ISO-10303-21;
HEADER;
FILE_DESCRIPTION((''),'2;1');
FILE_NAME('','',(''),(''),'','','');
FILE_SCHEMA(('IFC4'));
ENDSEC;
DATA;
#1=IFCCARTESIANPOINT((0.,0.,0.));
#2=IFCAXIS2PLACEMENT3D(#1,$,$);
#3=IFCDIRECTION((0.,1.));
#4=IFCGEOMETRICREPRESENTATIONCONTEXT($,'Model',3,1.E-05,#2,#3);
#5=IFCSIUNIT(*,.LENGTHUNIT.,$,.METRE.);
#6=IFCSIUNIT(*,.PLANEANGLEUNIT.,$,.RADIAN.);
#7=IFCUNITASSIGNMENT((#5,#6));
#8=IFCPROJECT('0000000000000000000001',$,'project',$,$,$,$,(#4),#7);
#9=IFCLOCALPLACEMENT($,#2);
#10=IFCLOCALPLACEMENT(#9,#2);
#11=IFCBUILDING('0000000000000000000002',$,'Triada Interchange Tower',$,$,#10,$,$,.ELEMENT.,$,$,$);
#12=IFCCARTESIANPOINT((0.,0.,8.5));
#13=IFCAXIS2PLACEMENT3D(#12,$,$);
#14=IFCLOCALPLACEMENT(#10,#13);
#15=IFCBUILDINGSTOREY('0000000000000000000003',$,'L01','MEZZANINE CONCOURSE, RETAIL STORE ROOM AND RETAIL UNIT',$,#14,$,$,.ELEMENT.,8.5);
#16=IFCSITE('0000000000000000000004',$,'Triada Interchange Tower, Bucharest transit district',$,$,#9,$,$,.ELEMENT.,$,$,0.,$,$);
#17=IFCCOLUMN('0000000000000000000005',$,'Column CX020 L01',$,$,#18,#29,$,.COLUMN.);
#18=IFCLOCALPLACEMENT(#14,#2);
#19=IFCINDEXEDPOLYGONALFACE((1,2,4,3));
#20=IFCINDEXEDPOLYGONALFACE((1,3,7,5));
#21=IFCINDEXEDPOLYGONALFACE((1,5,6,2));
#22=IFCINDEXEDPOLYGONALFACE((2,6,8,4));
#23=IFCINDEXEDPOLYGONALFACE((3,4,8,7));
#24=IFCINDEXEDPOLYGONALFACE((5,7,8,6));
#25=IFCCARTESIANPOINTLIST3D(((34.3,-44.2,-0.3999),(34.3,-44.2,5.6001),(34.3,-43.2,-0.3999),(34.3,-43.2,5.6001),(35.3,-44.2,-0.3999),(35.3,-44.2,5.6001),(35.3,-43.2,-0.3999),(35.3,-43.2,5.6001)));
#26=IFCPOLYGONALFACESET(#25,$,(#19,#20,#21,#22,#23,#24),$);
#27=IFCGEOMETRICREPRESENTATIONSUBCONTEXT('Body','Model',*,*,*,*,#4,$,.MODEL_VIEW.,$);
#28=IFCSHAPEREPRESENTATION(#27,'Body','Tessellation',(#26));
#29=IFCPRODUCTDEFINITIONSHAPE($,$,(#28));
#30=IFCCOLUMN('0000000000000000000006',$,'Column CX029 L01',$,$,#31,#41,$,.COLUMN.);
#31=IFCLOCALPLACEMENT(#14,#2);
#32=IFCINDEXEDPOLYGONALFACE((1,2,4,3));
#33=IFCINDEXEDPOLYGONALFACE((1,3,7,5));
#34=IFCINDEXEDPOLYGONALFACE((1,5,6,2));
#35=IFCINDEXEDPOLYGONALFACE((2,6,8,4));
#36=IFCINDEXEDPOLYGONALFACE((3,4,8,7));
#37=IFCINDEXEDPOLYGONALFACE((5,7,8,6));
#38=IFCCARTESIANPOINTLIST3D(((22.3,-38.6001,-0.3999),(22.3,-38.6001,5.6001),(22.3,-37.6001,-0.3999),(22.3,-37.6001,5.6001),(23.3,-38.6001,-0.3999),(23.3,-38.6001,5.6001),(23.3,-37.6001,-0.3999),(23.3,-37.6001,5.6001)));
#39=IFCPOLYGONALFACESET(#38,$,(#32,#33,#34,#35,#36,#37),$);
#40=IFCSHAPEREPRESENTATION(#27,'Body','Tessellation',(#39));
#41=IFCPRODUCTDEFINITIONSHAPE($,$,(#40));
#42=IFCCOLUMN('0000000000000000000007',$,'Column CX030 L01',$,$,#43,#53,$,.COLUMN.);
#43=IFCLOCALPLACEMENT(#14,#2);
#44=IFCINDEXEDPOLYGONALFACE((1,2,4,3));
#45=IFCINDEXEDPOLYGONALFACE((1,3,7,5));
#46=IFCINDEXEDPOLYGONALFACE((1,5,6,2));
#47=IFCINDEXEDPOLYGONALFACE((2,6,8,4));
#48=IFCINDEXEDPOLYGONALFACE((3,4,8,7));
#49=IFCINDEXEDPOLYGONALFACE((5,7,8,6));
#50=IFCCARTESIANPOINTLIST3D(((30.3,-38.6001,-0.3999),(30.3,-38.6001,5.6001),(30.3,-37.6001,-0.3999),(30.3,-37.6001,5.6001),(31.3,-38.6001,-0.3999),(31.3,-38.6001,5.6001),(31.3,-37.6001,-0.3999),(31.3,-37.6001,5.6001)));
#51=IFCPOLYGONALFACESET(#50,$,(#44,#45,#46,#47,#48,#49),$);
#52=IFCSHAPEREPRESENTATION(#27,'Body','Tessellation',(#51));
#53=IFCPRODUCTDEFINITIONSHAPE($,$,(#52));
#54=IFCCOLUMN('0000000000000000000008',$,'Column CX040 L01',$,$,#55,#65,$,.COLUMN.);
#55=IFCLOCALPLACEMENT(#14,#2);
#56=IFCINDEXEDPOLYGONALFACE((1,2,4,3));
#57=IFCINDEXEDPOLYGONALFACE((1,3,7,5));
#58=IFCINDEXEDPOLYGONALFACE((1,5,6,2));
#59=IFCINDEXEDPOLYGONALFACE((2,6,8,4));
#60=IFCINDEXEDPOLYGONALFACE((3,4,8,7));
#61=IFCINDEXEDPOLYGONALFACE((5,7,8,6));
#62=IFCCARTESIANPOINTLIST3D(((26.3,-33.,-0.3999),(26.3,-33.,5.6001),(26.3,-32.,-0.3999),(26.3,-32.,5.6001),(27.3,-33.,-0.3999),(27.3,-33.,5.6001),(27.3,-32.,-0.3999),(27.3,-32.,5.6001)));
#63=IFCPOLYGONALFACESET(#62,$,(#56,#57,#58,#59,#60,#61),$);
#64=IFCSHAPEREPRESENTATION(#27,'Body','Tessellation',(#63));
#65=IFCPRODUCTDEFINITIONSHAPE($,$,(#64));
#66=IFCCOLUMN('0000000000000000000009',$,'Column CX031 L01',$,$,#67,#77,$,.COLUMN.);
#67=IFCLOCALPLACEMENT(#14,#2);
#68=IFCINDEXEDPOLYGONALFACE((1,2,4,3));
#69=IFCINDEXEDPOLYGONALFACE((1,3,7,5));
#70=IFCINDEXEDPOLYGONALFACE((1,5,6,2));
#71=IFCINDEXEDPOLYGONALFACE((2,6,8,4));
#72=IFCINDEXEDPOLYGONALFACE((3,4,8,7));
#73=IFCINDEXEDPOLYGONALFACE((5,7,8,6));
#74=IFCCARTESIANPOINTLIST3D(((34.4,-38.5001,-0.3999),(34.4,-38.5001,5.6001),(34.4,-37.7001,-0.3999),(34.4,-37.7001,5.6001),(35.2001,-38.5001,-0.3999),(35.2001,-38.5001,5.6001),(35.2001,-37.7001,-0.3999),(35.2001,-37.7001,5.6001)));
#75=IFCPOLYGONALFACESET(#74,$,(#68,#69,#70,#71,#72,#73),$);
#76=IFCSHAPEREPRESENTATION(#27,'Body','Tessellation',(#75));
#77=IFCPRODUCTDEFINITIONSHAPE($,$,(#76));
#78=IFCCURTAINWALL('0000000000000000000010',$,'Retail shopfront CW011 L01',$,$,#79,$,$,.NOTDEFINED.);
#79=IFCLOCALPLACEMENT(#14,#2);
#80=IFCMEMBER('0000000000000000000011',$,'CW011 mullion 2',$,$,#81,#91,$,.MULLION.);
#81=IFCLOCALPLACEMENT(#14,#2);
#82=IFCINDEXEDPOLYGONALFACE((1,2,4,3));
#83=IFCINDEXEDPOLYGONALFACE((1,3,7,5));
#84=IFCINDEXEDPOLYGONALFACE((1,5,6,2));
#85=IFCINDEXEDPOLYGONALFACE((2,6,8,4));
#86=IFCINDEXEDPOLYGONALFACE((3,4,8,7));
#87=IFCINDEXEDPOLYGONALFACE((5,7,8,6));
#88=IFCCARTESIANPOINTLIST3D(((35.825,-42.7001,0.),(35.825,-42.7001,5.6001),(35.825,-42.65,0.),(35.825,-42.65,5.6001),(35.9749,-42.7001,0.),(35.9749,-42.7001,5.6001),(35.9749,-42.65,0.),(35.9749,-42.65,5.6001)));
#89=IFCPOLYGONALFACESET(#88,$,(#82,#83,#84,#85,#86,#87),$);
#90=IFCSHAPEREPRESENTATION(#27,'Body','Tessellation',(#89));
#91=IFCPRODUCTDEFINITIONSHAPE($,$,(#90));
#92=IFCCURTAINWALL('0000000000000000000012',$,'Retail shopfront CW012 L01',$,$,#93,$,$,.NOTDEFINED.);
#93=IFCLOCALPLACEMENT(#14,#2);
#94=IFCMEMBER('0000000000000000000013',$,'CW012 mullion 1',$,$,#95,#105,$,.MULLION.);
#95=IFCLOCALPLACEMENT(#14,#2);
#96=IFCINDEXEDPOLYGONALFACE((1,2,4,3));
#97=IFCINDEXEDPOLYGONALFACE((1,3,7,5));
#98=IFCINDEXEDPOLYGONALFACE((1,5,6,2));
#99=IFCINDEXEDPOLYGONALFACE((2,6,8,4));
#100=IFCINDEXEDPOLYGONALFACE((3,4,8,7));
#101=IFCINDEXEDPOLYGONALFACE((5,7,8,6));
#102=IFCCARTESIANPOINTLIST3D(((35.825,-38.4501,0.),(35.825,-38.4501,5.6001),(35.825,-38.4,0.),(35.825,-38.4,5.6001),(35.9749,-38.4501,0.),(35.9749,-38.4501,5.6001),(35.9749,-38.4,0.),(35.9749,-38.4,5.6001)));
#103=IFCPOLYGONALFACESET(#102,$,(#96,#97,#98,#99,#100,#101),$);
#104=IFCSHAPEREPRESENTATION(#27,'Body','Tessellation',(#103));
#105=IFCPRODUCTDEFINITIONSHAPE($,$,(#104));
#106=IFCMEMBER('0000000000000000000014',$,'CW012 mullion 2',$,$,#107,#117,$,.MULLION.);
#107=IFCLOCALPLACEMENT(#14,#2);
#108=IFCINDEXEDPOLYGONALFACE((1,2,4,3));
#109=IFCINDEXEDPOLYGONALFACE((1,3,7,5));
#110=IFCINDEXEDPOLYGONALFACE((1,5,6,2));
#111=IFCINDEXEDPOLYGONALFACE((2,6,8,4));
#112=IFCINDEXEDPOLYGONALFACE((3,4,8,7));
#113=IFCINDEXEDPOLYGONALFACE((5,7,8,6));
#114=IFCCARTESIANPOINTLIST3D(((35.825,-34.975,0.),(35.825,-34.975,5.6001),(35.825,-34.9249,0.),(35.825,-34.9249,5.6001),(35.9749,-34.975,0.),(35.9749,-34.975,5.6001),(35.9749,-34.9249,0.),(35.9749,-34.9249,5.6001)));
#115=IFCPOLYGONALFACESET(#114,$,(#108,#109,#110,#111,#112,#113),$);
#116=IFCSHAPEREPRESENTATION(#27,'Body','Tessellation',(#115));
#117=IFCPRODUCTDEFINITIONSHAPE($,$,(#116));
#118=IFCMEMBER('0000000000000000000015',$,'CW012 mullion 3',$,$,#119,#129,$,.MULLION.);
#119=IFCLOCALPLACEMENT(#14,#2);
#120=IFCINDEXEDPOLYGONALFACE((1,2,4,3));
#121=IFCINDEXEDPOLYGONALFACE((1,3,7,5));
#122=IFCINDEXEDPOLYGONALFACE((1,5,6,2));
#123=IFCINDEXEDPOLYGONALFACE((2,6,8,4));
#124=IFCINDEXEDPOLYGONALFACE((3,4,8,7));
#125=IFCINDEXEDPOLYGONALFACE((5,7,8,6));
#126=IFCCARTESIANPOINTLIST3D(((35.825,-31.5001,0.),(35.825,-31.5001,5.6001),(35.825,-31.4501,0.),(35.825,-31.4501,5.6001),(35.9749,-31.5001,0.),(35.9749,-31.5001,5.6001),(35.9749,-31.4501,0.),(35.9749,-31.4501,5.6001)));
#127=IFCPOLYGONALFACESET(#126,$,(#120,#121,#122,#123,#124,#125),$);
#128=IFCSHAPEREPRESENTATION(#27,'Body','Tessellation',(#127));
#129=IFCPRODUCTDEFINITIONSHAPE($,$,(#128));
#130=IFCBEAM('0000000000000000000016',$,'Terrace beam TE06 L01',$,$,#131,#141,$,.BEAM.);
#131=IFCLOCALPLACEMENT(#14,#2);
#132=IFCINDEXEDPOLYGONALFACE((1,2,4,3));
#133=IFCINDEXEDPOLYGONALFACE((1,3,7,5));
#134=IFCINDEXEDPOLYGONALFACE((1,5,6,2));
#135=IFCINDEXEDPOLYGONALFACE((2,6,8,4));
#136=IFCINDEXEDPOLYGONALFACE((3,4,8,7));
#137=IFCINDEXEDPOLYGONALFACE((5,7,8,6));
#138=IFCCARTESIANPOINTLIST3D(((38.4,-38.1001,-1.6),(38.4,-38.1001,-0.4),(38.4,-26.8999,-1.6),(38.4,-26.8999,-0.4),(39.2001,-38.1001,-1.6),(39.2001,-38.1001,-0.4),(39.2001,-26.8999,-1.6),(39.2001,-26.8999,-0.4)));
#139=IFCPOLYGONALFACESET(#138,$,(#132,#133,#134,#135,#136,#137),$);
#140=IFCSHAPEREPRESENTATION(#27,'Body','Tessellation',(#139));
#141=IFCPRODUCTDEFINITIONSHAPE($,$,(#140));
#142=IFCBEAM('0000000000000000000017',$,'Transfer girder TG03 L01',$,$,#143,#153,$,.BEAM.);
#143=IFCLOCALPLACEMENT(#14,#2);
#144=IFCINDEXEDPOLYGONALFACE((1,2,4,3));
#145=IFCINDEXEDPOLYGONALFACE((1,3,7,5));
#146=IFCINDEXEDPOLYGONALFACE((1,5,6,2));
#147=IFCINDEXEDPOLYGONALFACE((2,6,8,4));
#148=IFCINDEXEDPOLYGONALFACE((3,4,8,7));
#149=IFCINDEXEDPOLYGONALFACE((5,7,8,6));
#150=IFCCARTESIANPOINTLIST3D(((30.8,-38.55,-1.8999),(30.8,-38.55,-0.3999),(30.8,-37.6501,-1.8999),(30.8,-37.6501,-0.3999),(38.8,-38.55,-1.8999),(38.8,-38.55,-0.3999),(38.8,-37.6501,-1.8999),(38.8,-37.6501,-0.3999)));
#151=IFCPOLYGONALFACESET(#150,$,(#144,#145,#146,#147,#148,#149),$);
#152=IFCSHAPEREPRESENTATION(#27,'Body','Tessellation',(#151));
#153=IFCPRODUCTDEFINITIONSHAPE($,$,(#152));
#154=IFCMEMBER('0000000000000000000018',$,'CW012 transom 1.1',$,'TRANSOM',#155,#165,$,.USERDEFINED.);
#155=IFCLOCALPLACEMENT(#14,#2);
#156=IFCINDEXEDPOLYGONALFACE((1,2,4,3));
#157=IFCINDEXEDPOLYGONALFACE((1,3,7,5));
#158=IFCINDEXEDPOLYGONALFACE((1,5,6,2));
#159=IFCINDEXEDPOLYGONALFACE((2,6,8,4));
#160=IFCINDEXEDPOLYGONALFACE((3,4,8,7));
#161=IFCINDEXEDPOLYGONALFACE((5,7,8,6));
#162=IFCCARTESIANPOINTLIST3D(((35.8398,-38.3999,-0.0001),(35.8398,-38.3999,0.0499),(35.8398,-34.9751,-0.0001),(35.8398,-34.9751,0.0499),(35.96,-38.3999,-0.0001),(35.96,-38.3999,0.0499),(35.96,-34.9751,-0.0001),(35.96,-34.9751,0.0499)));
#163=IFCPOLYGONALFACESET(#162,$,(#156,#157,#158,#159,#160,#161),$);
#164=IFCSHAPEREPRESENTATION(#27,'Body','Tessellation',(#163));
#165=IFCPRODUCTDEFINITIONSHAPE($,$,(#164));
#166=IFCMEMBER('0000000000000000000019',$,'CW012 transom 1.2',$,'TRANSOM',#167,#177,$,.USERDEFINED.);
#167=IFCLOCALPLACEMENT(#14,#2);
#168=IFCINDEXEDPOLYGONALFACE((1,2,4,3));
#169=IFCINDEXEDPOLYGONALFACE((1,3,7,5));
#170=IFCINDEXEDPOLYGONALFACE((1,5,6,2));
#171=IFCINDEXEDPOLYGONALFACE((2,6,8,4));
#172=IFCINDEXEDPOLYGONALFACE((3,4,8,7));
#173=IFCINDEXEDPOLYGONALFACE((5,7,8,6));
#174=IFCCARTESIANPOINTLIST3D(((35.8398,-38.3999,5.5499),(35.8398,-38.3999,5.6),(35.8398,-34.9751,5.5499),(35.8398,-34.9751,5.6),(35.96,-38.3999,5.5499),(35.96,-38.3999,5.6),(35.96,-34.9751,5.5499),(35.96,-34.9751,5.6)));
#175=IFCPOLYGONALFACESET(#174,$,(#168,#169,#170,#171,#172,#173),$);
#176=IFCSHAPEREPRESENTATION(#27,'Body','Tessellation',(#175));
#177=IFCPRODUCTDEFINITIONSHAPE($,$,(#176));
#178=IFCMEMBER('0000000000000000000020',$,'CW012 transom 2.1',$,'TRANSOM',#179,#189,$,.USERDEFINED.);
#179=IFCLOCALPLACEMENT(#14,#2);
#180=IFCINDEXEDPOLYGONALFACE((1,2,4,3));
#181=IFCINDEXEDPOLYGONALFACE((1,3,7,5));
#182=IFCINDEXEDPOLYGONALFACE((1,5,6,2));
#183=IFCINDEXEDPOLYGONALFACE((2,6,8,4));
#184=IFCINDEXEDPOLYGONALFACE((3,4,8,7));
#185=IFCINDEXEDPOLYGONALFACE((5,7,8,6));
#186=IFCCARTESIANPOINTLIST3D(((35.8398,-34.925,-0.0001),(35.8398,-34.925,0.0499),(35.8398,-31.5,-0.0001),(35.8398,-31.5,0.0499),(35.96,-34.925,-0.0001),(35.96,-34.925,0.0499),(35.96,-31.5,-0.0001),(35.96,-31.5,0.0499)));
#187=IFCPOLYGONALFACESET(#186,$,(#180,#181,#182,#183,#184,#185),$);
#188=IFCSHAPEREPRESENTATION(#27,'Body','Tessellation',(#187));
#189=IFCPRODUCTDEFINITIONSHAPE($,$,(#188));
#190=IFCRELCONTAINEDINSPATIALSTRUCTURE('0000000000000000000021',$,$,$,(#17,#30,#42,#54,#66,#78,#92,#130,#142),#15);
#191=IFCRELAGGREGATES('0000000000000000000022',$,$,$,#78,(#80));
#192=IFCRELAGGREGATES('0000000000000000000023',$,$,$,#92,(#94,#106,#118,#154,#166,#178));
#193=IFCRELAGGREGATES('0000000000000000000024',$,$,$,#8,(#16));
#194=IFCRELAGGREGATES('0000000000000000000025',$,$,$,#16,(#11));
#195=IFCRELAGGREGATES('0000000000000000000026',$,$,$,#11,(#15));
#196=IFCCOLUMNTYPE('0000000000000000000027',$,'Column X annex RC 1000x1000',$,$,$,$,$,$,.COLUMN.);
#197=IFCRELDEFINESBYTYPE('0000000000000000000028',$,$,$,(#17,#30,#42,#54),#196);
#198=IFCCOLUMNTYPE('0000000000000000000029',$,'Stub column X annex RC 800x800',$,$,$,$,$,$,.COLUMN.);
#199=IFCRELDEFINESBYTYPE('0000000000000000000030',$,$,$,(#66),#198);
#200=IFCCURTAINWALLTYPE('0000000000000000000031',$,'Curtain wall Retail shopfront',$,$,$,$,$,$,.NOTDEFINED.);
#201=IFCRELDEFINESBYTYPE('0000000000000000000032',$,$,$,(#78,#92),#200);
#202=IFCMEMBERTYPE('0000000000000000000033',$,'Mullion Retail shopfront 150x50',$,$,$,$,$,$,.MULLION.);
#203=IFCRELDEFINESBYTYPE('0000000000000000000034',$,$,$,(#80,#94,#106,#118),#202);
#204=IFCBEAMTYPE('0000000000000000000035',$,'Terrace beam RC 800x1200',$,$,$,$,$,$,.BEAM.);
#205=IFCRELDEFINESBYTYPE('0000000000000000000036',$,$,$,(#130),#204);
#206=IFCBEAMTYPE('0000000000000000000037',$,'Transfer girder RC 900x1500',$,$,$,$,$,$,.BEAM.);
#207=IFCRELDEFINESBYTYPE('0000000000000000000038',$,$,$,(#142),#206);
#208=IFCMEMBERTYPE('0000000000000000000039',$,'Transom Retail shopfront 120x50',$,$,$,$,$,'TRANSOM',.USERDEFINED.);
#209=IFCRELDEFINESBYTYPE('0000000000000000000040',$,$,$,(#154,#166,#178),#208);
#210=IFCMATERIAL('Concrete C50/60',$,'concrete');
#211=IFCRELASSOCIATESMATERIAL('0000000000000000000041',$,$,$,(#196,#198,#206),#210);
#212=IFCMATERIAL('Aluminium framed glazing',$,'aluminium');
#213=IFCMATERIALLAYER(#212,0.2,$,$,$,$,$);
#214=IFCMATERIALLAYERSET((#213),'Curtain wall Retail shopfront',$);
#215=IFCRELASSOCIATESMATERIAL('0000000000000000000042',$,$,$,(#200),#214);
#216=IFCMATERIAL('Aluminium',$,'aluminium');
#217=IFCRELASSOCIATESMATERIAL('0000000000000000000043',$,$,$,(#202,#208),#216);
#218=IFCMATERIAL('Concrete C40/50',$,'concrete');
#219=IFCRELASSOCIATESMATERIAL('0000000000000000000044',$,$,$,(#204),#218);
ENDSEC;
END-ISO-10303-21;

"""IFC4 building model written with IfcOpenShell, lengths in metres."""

from ifc_helpers import new_model, si_unit, direction, frame, origin, origin_2d, place, context, subcontext, project, spatial, rectangle, extrude, material, layer, layer_set, material_profile, profile_set, type_object, element, aggregate, save


model = new_model("IFC4")

# Units and contexts
model_context = context("Model", 3, precision=1e-05, world=origin(), true_north=direction((0.0, 1.0)))
body_context = subcontext(model_context, "Body", "Model", "MODEL_VIEW")
ifc_project = project(units=[si_unit("LENGTHUNIT", "METRE"), si_unit("PLANEANGLEUNIT", "RADIAN")], contexts=[model_context])

# Site, building, storey
site_placement = place(None, origin())
site = spatial("IfcSite", under=ifc_project, at=site_placement, Name="Triada Interchange Tower, Bucharest transit district", CompositionType="ELEMENT", RefElevation=0.0)
building_placement = place(site_placement, origin())
building = spatial("IfcBuilding", under=site, at=building_placement, Name="Triada Interchange Tower", CompositionType="ELEMENT")
storey_placement = place(building_placement, frame((0.0, 0.0, 8.5)))
storey = spatial("IfcBuildingStorey", under=building, at=storey_placement, Name="L01", Description="MEZZANINE CONCOURSE, RETAIL STORE ROOM AND RETAIL UNIT", CompositionType="ELEMENT", Elevation=8.5)

# Columns
ifc_material_1 = material(Name="Concrete C50/60", Category="concrete")
ifc_material_profile_1 = material_profile(ifc_material_1, rectangle(XDim=1.0, YDim=1.0, at=origin_2d()), Name="RC 1000x1000")
ifc_profile_set_1 = profile_set([ifc_material_profile_1], Name="Concrete C50/60")
column_type_1 = type_object("IfcColumnType", Name="Column X annex RC 1000x1000", PredefinedType="COLUMN", material=ifc_profile_set_1)
for number, where, z_axis, x_axis, name in (
    (1, (34.8, -43.7, -0.3999), (0.0, 0.0, 1.0), (1.0, 0.0, 0.0), "Column CX020 L01"),
    (2, (22.8, -38.1001, -0.3999), (0.0, 0.0, 1.0), (1.0, 0.0, 0.0), "Column CX029 L01"),
    (3, (30.8, -38.1001, -0.3999), (0.0, 0.0, 1.0), (1.0, 0.0, 0.0), "Column CX030 L01"),
    (4, (26.8, -32.5, -0.3999), (0.0, 0.0, 1.0), (1.0, 0.0, 0.0), "Column CX040 L01"),
):
    element("IfcColumn", number, at=place(storey_placement, frame(where, z_axis=z_axis, x_axis=x_axis)), inside=storey, type_object=column_type_1, Name=name, PredefinedType="COLUMN", context=body_context, shape_type="SweptSolid", body=[
        extrude(rectangle(XDim=1.0, YDim=1.0, at=origin_2d()), origin(), (0.0, 0.0, 1.0), 6.0),
    ])
ifc_material_profile_2 = material_profile(ifc_material_1, rectangle(XDim=0.8, YDim=0.8, at=origin_2d()), Name="RC 800x800")
ifc_profile_set_2 = profile_set([ifc_material_profile_2], Name="Concrete C50/60")
column_type_2 = type_object("IfcColumnType", Name="Stub column X annex RC 800x800", PredefinedType="COLUMN", material=ifc_profile_set_2)
column_placement = place(storey_placement, frame((34.8, -38.1001, -0.3999), z_axis=(0.0, 0.0, 1.0), x_axis=(1.0, 0.0, 0.0)))
element("IfcColumn", 5, at=column_placement, inside=storey, type_object=column_type_2, Name="Column CX031 L01", PredefinedType="COLUMN", context=body_context, shape_type="SweptSolid", body=[
    extrude(rectangle(XDim=0.8, YDim=0.8, at=origin_2d()), origin(), (0.0, 0.0, 1.0), 6.0),
])

# Curtain wall, member
ifc_material_2 = material(Name="Aluminium framed glazing", Category="aluminium")
ifc_layer_1 = layer(ifc_material_2, 0.2)
ifc_layer_set_1 = layer_set([ifc_layer_1], Name="Curtain wall Retail shopfront")
curtain_wall_type = type_object("IfcCurtainWallType", Name="Curtain wall Retail shopfront", PredefinedType="NOTDEFINED", material=ifc_layer_set_1)
curtain_wall_1_placement = place(storey_placement, origin())
curtain_wall_1 = element("IfcCurtainWall", 6, at=curtain_wall_1_placement, inside=storey, type_object=curtain_wall_type, Name="Retail shopfront CW011 L01", PredefinedType="NOTDEFINED")
ifc_material_3 = material(Name="Aluminium", Category="aluminium")
ifc_material_profile_3 = material_profile(ifc_material_3, rectangle(XDim=0.1499, YDim=0.05, at=origin_2d()), Name="Aluminium mullion")
ifc_profile_set_3 = profile_set([ifc_material_profile_3], Name="Aluminium")
member_type_1 = type_object("IfcMemberType", Name="Mullion Retail shopfront 150x50", PredefinedType="MULLION", material=ifc_profile_set_3)
member_1_placement = place(storey_placement, frame((35.8999, -42.675, 0.0), z_axis=(0.0, 0.0, 1.0), x_axis=(-1.0, 0.0, 0.0)))
member_1 = element("IfcMember", 7, at=member_1_placement, type_object=member_type_1, Name="CW011 mullion 2", PredefinedType="MULLION", context=body_context, shape_type="SweptSolid", body=[
    extrude(rectangle(XDim=0.1499, YDim=0.05, at=origin_2d()), origin(), (0.0, 0.0, 1.0), 5.6001),
])
aggregate(curtain_wall_1, [member_1])

# Curtain wall, members
curtain_wall_2_placement = place(storey_placement, origin())
curtain_wall_2 = element("IfcCurtainWall", 8, at=curtain_wall_2_placement, inside=storey, type_object=curtain_wall_type, Name="Retail shopfront CW012 L01", PredefinedType="NOTDEFINED")
member_2_placement = place(storey_placement, frame((35.8999, -38.425, 0.0), z_axis=(0.0, 0.0, 1.0), x_axis=(-1.0, 0.0, 0.0)))
member_2 = element("IfcMember", 9, at=member_2_placement, type_object=member_type_1, Name="CW012 mullion 1", PredefinedType="MULLION", context=body_context, shape_type="SweptSolid", body=[
    extrude(rectangle(XDim=0.1499, YDim=0.05, at=origin_2d()), origin(), (0.0, 0.0, 1.0), 5.6001),
])
member_3_placement = place(storey_placement, frame((35.8999, -34.95, 0.0), z_axis=(0.0, 0.0, 1.0), x_axis=(-1.0, 0.0, 0.0)))
member_3 = element("IfcMember", 10, at=member_3_placement, type_object=member_type_1, Name="CW012 mullion 2", PredefinedType="MULLION", context=body_context, shape_type="SweptSolid", body=[
    extrude(rectangle(XDim=0.1499, YDim=0.05, at=origin_2d()), origin(), (0.0, 0.0, 1.0), 5.6001),
])
member_4_placement = place(storey_placement, frame((35.8999, -31.4751, 0.0), z_axis=(0.0, 0.0, 1.0), x_axis=(-1.0, 0.0, 0.0)))
member_4 = element("IfcMember", 11, at=member_4_placement, type_object=member_type_1, Name="CW012 mullion 3", PredefinedType="MULLION", context=body_context, shape_type="SweptSolid", body=[
    extrude(rectangle(XDim=0.1499, YDim=0.05, at=origin_2d()), origin(), (0.0, 0.0, 1.0), 5.6001),
])

# Beams
ifc_material_4 = material(Name="Concrete C40/50", Category="concrete")
ifc_material_profile_4 = material_profile(ifc_material_4, rectangle(XDim=0.8, YDim=1.2, at=origin_2d()), Name="RC 800x1200")
ifc_profile_set_4 = profile_set([ifc_material_profile_4], Name="Concrete C40/50")
beam_type_1 = type_object("IfcBeamType", Name="Terrace beam RC 800x1200", PredefinedType="BEAM", material=ifc_profile_set_4)
beam_1_placement = place(storey_placement, frame((38.8, -38.1001, -1.0), z_axis=(0.0, 1.0, 0.0), x_axis=(-1.0, 0.0, 0.0)))
element("IfcBeam", 12, at=beam_1_placement, inside=storey, type_object=beam_type_1, Name="Terrace beam TE06 L01", PredefinedType="BEAM", context=body_context, shape_type="SweptSolid", body=[
    extrude(rectangle(XDim=0.8, YDim=1.2, at=origin_2d()), origin(), (0.0, 0.0, 1.0), 11.2002),
])
ifc_material_profile_5 = material_profile(ifc_material_1, rectangle(XDim=0.8999, YDim=1.5, at=origin_2d()), Name="RC 900x1500")
ifc_profile_set_5 = profile_set([ifc_material_profile_5], Name="Concrete C50/60")
beam_type_2 = type_object("IfcBeamType", Name="Transfer girder RC 900x1500", PredefinedType="BEAM", material=ifc_profile_set_5)
beam_2_placement = place(storey_placement, frame((38.8, -38.1001, -1.1499), z_axis=(-1.0, 0.0, 0.0), x_axis=(0.0, -1.0, 0.0)))
element("IfcBeam", 13, at=beam_2_placement, inside=storey, type_object=beam_type_2, Name="Transfer girder TG03 L01", PredefinedType="BEAM", context=body_context, shape_type="SweptSolid", body=[
    extrude(rectangle(XDim=0.8999, YDim=1.5, at=origin_2d()), origin(), (0.0, 0.0, 1.0), 8.0),
])

# Members
ifc_material_profile_6 = material_profile(ifc_material_3, rectangle(XDim=0.1201, YDim=0.05, at=origin_2d()), Name="Aluminium transom")
ifc_profile_set_6 = profile_set([ifc_material_profile_6], Name="Aluminium")
member_type_2 = type_object("IfcMemberType", Name="Transom Retail shopfront 120x50", ElementType="TRANSOM", PredefinedType="USERDEFINED", material=ifc_profile_set_6)
member_5_placement = place(storey_placement, frame((35.8999, -38.3999, 0.0249), z_axis=(0.0, 1.0, 0.0), x_axis=(-1.0, 0.0, 0.0)))
member_5 = element("IfcMember", 14, at=member_5_placement, type_object=member_type_2, Name="CW012 transom 1.1", ObjectType="TRANSOM", PredefinedType="USERDEFINED", context=body_context, shape_type="SweptSolid", body=[
    extrude(rectangle(XDim=0.1201, YDim=0.05, at=origin_2d()), origin(), (0.0, 0.0, 1.0), 3.4248),
])
member_6_placement = place(storey_placement, frame((35.8999, -38.3999, 5.575), z_axis=(0.0, 1.0, 0.0), x_axis=(-1.0, 0.0, 0.0)))
member_6 = element("IfcMember", 15, at=member_6_placement, type_object=member_type_2, Name="CW012 transom 1.2", ObjectType="TRANSOM", PredefinedType="USERDEFINED", context=body_context, shape_type="SweptSolid", body=[
    extrude(rectangle(XDim=0.1201, YDim=0.05, at=origin_2d()), origin(), (0.0, 0.0, 1.0), 3.4248),
])
member_7_placement = place(storey_placement, frame((35.8999, -34.925, 0.0249), z_axis=(0.0, 1.0, 0.0), x_axis=(-1.0, 0.0, 0.0)))
member_7 = element("IfcMember", 16, at=member_7_placement, type_object=member_type_2, Name="CW012 transom 2.1", ObjectType="TRANSOM", PredefinedType="USERDEFINED", context=body_context, shape_type="SweptSolid", body=[
    extrude(rectangle(XDim=0.1201, YDim=0.05, at=origin_2d()), origin(), (0.0, 0.0, 1.0), 3.425),
])

aggregate(curtain_wall_2, [member_2, member_3, member_4, member_5, member_6, member_7])

save(model, "model.ifc")
